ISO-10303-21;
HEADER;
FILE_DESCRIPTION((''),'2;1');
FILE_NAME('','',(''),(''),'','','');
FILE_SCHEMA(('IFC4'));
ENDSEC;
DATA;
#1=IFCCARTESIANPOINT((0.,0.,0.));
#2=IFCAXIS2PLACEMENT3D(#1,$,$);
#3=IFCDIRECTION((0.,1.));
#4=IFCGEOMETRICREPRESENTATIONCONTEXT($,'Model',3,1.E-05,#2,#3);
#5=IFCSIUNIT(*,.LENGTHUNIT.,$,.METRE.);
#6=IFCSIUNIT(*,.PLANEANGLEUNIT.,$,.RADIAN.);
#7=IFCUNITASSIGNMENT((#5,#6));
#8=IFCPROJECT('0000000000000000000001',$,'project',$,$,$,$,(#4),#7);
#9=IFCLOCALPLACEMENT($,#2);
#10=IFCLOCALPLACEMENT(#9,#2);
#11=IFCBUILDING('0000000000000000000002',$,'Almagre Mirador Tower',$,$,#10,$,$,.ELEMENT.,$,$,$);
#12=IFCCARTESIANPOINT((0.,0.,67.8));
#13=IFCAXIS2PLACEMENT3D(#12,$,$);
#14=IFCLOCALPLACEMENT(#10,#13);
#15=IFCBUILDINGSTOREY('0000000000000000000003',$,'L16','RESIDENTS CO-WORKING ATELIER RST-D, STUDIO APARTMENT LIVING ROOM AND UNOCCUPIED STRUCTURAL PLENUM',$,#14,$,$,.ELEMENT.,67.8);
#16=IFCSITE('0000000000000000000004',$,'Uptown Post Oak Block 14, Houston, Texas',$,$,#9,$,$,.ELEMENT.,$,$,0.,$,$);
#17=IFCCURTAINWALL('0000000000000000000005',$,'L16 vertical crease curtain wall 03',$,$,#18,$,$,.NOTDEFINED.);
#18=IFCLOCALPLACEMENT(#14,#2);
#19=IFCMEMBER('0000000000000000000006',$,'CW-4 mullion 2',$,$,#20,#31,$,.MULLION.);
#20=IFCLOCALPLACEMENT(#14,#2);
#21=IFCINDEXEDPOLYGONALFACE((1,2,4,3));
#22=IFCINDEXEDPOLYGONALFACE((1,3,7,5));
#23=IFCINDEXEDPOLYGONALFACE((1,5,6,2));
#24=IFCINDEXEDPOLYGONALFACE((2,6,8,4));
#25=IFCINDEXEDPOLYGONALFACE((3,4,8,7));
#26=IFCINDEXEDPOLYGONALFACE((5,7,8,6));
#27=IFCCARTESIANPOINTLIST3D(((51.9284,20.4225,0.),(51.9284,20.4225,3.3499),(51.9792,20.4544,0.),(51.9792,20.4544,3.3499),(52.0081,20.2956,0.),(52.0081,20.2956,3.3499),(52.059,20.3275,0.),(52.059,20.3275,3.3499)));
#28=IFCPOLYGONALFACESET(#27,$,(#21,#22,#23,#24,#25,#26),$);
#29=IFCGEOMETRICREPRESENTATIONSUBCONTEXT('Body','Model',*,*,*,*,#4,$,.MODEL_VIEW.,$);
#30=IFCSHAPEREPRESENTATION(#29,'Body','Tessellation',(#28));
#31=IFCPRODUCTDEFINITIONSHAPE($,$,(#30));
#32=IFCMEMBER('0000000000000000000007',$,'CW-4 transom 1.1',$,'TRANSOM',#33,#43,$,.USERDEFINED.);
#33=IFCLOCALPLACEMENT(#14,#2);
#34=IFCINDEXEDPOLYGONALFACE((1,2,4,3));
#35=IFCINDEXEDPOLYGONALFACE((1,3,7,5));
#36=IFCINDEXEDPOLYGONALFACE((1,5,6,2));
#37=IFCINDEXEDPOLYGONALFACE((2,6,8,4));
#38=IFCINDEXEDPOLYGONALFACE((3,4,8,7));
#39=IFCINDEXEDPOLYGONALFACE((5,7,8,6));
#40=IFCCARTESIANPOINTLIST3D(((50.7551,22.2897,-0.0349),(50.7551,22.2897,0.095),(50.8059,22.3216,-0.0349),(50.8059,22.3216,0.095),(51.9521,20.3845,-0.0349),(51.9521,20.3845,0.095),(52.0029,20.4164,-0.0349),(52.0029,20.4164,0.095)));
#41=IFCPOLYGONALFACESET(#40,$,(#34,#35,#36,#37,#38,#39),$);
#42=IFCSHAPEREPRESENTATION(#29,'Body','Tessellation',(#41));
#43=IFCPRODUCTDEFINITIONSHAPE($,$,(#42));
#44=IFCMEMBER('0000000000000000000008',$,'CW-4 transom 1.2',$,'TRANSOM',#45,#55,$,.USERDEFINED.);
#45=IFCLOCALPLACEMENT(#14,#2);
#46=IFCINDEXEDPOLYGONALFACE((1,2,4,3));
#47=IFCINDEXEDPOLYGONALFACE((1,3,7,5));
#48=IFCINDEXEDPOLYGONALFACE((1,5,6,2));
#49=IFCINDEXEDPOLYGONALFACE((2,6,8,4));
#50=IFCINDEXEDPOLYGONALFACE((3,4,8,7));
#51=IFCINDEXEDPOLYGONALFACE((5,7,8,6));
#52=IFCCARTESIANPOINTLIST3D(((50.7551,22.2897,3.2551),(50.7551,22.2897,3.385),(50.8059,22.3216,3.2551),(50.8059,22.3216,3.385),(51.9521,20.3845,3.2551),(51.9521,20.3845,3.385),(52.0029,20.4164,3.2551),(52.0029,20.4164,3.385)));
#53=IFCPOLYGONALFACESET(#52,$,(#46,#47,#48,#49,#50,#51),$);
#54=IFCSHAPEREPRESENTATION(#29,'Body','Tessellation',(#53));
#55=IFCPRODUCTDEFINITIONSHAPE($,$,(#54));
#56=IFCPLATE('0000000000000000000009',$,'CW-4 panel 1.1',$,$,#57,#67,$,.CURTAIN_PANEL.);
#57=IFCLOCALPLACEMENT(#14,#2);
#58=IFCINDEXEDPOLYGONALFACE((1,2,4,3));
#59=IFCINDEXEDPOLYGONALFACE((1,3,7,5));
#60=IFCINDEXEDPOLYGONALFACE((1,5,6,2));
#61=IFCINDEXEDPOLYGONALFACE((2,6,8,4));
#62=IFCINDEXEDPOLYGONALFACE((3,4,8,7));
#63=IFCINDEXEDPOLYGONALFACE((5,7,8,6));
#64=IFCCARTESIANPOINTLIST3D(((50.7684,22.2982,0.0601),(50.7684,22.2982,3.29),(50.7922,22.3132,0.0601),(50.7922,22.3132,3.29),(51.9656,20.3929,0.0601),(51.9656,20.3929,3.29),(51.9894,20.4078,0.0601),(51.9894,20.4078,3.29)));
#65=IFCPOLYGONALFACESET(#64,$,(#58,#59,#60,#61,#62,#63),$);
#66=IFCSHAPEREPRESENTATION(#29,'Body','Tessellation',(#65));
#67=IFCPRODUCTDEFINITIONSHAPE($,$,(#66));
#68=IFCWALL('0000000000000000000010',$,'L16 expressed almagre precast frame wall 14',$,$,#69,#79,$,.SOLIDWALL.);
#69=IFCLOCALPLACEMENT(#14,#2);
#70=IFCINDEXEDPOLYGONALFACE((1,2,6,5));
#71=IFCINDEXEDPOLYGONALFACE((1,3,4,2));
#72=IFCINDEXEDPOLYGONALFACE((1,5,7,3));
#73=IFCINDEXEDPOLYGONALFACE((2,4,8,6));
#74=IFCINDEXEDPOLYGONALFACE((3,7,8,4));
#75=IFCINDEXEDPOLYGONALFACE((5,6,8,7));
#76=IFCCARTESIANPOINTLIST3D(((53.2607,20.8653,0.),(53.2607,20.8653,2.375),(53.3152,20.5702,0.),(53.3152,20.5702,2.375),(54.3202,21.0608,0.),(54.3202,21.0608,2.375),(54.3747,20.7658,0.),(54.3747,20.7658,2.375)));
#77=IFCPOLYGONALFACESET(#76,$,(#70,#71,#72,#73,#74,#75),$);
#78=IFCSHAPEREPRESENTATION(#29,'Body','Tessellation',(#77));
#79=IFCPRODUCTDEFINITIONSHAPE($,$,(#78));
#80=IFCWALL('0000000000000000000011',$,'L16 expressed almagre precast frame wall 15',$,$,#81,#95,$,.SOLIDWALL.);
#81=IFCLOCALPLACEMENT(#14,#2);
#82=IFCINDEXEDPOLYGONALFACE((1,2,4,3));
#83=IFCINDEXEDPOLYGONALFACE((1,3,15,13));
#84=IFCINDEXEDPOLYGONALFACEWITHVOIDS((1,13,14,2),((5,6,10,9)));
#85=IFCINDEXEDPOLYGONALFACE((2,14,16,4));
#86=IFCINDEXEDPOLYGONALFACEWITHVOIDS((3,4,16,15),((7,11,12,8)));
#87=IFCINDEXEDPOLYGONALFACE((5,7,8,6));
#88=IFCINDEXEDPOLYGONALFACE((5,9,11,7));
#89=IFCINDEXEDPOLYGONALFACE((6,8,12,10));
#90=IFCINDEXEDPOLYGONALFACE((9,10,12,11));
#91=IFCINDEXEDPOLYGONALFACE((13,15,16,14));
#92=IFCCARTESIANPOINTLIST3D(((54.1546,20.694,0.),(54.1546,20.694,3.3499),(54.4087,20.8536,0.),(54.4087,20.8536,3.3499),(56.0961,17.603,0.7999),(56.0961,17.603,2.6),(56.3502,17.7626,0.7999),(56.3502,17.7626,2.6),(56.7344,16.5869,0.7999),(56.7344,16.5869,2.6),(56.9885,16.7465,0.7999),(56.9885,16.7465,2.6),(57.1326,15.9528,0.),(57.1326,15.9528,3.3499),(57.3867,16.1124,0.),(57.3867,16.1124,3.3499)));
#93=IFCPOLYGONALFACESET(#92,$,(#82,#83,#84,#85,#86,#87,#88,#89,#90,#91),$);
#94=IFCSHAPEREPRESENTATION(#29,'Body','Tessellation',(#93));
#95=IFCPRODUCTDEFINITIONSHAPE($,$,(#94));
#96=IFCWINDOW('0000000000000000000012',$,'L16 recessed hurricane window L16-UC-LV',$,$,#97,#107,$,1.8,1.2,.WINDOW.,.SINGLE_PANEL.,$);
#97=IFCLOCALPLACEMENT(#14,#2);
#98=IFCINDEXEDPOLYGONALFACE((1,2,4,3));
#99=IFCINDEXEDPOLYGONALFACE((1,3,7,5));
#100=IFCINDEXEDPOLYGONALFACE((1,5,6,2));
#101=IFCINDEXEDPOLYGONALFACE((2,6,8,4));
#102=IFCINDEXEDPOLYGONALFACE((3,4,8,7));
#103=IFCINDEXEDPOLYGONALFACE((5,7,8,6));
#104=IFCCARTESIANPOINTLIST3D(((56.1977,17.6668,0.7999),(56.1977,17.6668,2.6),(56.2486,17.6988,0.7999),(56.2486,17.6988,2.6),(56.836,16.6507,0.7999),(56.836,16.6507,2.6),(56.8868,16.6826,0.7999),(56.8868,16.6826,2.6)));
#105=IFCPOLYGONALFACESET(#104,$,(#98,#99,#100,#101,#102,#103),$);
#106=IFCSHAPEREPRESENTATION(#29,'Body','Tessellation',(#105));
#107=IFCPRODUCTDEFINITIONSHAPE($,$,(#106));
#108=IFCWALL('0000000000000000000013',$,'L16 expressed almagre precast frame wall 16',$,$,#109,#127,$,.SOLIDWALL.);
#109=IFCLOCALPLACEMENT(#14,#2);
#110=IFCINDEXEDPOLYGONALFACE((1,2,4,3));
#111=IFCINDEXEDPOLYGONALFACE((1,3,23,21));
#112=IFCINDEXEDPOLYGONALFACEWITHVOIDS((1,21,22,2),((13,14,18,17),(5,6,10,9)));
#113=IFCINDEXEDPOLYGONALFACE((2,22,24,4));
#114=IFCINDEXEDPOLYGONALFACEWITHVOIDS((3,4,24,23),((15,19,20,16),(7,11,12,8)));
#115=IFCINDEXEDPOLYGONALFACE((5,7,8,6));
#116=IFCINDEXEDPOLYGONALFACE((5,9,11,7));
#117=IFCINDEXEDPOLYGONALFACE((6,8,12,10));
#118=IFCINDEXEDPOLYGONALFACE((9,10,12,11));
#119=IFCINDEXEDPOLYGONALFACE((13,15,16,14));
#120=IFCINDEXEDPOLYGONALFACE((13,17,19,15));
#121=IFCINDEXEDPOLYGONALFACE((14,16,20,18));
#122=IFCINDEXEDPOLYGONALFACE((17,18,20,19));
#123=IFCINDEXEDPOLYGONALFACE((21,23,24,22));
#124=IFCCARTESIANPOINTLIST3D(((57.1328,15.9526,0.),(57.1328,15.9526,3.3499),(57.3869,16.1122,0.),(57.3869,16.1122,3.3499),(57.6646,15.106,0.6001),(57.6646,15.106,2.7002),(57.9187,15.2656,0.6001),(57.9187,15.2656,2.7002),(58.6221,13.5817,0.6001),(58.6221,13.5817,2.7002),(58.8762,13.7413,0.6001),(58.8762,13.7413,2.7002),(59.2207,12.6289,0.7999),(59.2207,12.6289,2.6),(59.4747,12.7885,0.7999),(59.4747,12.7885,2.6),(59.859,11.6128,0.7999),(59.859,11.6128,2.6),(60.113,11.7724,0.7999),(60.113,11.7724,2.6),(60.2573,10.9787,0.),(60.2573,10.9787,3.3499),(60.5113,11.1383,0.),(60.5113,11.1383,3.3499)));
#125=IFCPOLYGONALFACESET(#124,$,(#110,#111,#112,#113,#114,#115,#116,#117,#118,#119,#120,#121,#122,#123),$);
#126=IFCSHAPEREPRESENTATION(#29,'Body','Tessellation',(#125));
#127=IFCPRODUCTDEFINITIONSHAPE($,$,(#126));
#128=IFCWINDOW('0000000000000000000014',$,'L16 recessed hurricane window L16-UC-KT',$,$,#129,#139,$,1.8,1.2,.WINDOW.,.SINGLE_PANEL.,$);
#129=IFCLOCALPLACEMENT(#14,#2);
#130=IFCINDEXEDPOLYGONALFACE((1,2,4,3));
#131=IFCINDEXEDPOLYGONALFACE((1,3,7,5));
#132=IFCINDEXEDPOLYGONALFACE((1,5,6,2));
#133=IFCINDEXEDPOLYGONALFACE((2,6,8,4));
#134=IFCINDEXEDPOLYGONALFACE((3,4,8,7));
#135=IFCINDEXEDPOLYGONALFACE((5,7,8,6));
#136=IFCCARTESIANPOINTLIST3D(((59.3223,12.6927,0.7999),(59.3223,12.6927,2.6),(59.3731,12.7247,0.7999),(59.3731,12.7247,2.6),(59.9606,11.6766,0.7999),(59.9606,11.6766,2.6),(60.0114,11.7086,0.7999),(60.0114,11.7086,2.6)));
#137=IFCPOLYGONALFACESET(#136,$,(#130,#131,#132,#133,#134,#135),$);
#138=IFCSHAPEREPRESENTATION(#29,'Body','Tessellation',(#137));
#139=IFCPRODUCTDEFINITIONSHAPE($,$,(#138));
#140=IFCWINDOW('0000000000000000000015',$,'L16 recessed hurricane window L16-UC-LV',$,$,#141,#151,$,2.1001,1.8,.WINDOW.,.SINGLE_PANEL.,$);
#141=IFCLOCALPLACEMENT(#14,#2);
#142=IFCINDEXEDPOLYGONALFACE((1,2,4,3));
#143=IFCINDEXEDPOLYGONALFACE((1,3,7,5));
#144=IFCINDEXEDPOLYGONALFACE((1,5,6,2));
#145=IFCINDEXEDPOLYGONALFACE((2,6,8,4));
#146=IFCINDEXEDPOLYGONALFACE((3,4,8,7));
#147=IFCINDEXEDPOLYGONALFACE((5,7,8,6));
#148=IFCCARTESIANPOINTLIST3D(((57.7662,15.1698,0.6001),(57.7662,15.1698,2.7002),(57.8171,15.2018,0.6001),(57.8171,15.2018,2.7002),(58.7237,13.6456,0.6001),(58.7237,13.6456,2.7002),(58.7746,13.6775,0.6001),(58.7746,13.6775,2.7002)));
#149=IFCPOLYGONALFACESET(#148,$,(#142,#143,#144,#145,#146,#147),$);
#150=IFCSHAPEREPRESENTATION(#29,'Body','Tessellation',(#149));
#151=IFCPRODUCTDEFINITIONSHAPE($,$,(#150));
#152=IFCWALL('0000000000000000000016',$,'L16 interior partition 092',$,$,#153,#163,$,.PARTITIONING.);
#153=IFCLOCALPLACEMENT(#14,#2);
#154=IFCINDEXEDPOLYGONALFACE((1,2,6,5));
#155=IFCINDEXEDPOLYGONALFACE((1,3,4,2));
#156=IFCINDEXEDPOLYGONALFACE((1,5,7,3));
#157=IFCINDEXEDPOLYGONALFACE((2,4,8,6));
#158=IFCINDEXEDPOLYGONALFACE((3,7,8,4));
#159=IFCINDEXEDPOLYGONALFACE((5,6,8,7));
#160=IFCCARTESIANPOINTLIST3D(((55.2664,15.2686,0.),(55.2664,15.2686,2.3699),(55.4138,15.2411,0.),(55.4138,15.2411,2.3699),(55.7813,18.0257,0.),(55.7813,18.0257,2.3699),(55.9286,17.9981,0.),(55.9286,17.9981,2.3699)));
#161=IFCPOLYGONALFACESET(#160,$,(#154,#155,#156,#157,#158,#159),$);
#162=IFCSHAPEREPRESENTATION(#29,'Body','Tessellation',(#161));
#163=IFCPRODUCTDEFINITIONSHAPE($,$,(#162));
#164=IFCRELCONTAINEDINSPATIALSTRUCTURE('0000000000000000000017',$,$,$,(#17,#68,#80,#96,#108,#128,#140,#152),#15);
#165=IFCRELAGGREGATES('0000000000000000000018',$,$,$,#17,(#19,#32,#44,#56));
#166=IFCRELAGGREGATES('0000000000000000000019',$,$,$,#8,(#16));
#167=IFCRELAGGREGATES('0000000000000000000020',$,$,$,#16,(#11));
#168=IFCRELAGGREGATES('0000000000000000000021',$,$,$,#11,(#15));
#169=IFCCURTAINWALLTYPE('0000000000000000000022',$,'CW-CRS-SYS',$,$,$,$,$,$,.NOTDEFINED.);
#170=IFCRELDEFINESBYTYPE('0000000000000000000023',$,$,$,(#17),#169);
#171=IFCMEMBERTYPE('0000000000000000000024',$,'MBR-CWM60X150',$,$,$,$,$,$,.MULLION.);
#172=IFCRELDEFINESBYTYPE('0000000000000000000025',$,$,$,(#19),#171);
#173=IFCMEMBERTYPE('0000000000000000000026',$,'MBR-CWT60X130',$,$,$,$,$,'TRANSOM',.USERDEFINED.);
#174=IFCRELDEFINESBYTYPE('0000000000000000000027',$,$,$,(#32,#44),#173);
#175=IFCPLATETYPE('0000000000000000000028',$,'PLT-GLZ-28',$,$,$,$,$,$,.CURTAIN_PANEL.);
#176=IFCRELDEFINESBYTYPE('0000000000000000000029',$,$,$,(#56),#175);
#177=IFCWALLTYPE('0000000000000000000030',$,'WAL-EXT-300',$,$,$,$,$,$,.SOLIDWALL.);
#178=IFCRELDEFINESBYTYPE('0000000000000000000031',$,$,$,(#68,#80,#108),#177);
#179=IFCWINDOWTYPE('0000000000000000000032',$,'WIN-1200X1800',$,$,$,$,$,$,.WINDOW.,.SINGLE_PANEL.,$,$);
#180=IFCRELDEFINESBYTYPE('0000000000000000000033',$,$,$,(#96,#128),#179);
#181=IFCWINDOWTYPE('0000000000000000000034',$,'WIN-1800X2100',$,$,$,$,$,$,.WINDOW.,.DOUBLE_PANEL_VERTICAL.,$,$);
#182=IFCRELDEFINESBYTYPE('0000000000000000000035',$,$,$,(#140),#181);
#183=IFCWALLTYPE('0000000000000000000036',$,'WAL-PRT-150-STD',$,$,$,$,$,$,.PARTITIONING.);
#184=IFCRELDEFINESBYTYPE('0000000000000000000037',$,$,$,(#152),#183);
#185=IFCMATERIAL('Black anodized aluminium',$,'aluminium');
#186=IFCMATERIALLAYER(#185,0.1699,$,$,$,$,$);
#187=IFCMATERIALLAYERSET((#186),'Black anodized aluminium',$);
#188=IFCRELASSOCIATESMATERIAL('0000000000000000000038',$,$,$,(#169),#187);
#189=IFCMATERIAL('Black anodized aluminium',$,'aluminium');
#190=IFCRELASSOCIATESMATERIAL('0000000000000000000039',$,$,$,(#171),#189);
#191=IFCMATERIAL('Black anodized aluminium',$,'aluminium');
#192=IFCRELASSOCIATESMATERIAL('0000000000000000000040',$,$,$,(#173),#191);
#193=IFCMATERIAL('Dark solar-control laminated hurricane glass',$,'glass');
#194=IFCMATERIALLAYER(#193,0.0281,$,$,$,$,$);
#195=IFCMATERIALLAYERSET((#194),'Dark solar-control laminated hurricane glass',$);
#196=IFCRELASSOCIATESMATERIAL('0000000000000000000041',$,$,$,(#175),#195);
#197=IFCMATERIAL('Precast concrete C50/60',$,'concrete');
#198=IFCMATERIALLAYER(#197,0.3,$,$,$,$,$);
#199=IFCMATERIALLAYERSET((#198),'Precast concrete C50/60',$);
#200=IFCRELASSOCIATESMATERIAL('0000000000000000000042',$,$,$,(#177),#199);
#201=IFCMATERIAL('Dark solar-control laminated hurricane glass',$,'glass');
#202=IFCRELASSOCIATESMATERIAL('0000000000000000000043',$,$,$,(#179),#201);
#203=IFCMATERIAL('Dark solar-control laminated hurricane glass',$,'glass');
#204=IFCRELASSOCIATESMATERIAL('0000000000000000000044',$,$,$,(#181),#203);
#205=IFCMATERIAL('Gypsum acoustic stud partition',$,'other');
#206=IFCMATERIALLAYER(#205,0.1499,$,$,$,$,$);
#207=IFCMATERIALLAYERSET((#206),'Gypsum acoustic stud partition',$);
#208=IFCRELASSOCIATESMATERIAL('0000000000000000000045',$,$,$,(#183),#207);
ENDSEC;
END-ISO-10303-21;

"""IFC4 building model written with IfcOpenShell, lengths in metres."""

from ifc_helpers import new_model, si_unit, direction, frame, frame_2d, origin, origin_2d, place, context, subcontext, project, spatial, rectangle, extrude, material, layer, layer_set, material_profile, profile_set, type_object, element, fill, aggregate, save


model = new_model("IFC4")

# Units and contexts
model_context = context("Model", 3, precision=1e-05, world=origin(), true_north=direction((0.0, 1.0)))
body_context = subcontext(model_context, "Body", "Model", "MODEL_VIEW")
ifc_project = project(units=[si_unit("LENGTHUNIT", "METRE"), si_unit("PLANEANGLEUNIT", "RADIAN")], contexts=[model_context])

# Site, building, storey
site_placement = place(None, origin())
site = spatial("IfcSite", under=ifc_project, at=site_placement, Name="Uptown Post Oak Block 14, Houston, Texas", CompositionType="ELEMENT", RefElevation=0.0)
building_placement = place(site_placement, origin())
building = spatial("IfcBuilding", under=site, at=building_placement, Name="Almagre Mirador Tower", CompositionType="ELEMENT")
storey_placement = place(building_placement, frame((0.0, 0.0, 67.8)))
storey = spatial("IfcBuildingStorey", under=building, at=storey_placement, Name="L16", Description="RESIDENTS CO-WORKING ATELIER RST-D, STUDIO APARTMENT LIVING ROOM AND UNOCCUPIED STRUCTURAL PLENUM", CompositionType="ELEMENT", Elevation=67.8)

# Curtain wall, members, plate
ifc_material_1 = material(Name="Black anodized aluminium", Category="aluminium")
ifc_layer_1 = layer(ifc_material_1, 0.1699)
ifc_layer_set_1 = layer_set([ifc_layer_1], Name="Black anodized aluminium")
curtain_wall_type = type_object("IfcCurtainWallType", Name="CW-CRS-SYS", PredefinedType="NOTDEFINED", material=ifc_layer_set_1)
curtain_wall_placement = place(storey_placement, origin())
curtain_wall = element("IfcCurtainWall", 1, at=curtain_wall_placement, inside=storey, type_object=curtain_wall_type, Name="L16 vertical crease curtain wall 03", PredefinedType="NOTDEFINED")
ifc_material_2 = material(Name="Black anodized aluminium", Category="aluminium")
ifc_material_profile_1 = material_profile(ifc_material_2, rectangle(XDim=0.0601, YDim=0.1499, at=origin_2d()), Name="CWM60X150")
ifc_profile_set_1 = profile_set([ifc_material_profile_1], Name="Black anodized aluminium")
member_type_1 = type_object("IfcMemberType", Name="MBR-CWM60X150", PredefinedType="MULLION", material=ifc_profile_set_1)
member_1_placement = place(storey_placement, frame((51.9937, 20.375, 0.0), z_axis=(0.0, 0.0, 1.0), x_axis=(0.84674, 0.532007, 0.0)))
member_1 = element("IfcMember", 2, at=member_1_placement, type_object=member_type_1, Name="CW-4 mullion 2", PredefinedType="MULLION", context=body_context, shape_type="SweptSolid", body=[
    extrude(rectangle(XDim=0.0601, YDim=0.1499, at=origin_2d()), origin(), (0.0, 0.0, 1.0), 3.3499),
])
ifc_material_3 = material(Name="Black anodized aluminium", Category="aluminium")
ifc_material_profile_2 = material_profile(ifc_material_3, rectangle(XDim=0.0601, YDim=0.1299, at=origin_2d()), Name="CWT60X130")
ifc_profile_set_2 = profile_set([ifc_material_profile_2], Name="Black anodized aluminium")
member_type_2 = type_object("IfcMemberType", Name="MBR-CWT60X130", ElementType="TRANSOM", PredefinedType="USERDEFINED", material=ifc_profile_set_2)
member_2_placement = place(storey_placement, frame((50.7805, 22.3057, 0.03), z_axis=(0.531987, -0.846752, 0.0), x_axis=(0.846752, 0.531987, 0.0)))
member_2 = element("IfcMember", 3, at=member_2_placement, type_object=member_type_2, Name="CW-4 transom 1.1", ObjectType="TRANSOM", PredefinedType="USERDEFINED", context=body_context, shape_type="SweptSolid", body=[
    extrude(rectangle(XDim=0.0601, YDim=0.1299, at=origin_2d()), origin(), (0.0, 0.0, 1.0), 2.25),
])
member_3_placement = place(storey_placement, frame((50.7805, 22.3057, 3.3201), z_axis=(0.531987, -0.846752, 0.0), x_axis=(0.846752, 0.531987, 0.0)))
member_3 = element("IfcMember", 4, at=member_3_placement, type_object=member_type_2, Name="CW-4 transom 1.2", ObjectType="TRANSOM", PredefinedType="USERDEFINED", context=body_context, shape_type="SweptSolid", body=[
    extrude(rectangle(XDim=0.0601, YDim=0.1299, at=origin_2d()), origin(), (0.0, 0.0, 1.0), 2.25),
])
ifc_material_4 = material(Name="Dark solar-control laminated hurricane glass", Category="glass")
ifc_layer_2 = layer(ifc_material_4, 0.0281)
ifc_layer_set_2 = layer_set([ifc_layer_2], Name="Dark solar-control laminated hurricane glass")
plate_type = type_object("IfcPlateType", Name="PLT-GLZ-28", PredefinedType="CURTAIN_PANEL", material=ifc_layer_set_2)
plate_placement = place(storey_placement, frame((51.3789, 21.353, 0.0601), z_axis=(0.0, 0.0, 1.0), x_axis=(0.532007, -0.84674, 0.0)))
plate = element("IfcPlate", 5, at=plate_placement, type_object=plate_type, Name="CW-4 panel 1.1", PredefinedType="CURTAIN_PANEL", context=body_context, shape_type="SweptSolid", body=[
    extrude(rectangle(XDim=2.2502, YDim=0.0281, at=origin_2d()), origin(), (0.0, 0.0, 1.0), 3.23),
])
aggregate(curtain_wall, [member_1, member_2, member_3, plate])

# Wall
ifc_material_5 = material(Name="Precast concrete C50/60", Category="concrete")
ifc_layer_3 = layer(ifc_material_5, 0.3)
ifc_layer_set_3 = layer_set([ifc_layer_3], Name="Precast concrete C50/60")
wall_type_1 = type_object("IfcWallType", Name="WAL-EXT-300", PredefinedType="SOLIDWALL", material=ifc_layer_set_3)
wall_1_placement = place(storey_placement, frame((53.2881, 20.7178, 0.0), z_axis=(0.0, 0.0, 1.0), x_axis=(0.983392, 0.181497, 0.0)))
element("IfcWall", 6, at=wall_1_placement, inside=storey, type_object=wall_type_1, Name="L16 expressed almagre precast frame wall 14", PredefinedType="SOLIDWALL", context=body_context, shape_type="SweptSolid", body=[
    extrude(rectangle(XDim=1.0774, YDim=0.3, at=frame_2d((0.5386, 0.0))), origin(), (0.0, 0.0, 1.0), 2.375),
])

# Wall, opening, window
wall_2_placement = place(storey_placement, frame((54.2817, 20.7737, 0.0), z_axis=(0.0, 0.0, 1.0), x_axis=(0.531895, -0.846811, 0.0)))
wall_2 = element("IfcWall", 7, at=wall_2_placement, inside=storey, type_object=wall_type_1, Name="L16 expressed almagre precast frame wall 15", PredefinedType="SOLIDWALL", context=body_context, shape_type="SweptSolid", body=[
    extrude(rectangle(XDim=5.5989, YDim=0.3, at=frame_2d((2.7993, 0.0))), origin(), (0.0, 0.0, 1.0), 3.3499),
])
opening_1_placement = place(wall_2_placement, frame((3.6499, 0.0, 0.8)))
opening_1 = element("IfcOpeningElement", 8, at=opening_1_placement, cuts=wall_2, PredefinedType="OPENING", context=body_context, shape_type="SweptSolid", body=[
    extrude(rectangle(XDim=1.2, YDim=1.8, at=frame_2d((0.6001, 0.8999))), frame((0.0, 0.1599, 0.0), z_axis=(0.0, -1.0, 0.0), x_axis=(1.0, 0.0, 0.0)), (0.0, 0.0, 1.0), 0.32),
])
ifc_material_6 = material(Name="Dark solar-control laminated hurricane glass", Category="glass")
window_type_1 = type_object("IfcWindowType", Name="WIN-1200X1800", PartitioningType="SINGLE_PANEL", PredefinedType="WINDOW", material=ifc_material_6)
window_1_placement = place(opening_1_placement, origin())
window_1 = element("IfcWindow", 9, at=window_1_placement, inside=storey, type_object=window_type_1, Name="L16 recessed hurricane window L16-UC-LV", OverallHeight=1.8, OverallWidth=1.2, PartitioningType="SINGLE_PANEL", PredefinedType="WINDOW", context=body_context, shape_type="SweptSolid", body=[
    extrude(rectangle(XDim=1.2, YDim=1.8, at=frame_2d((0.6001, 0.8999))), frame((0.0, 0.03, 0.0), z_axis=(0.0, -1.0, 0.0), x_axis=(1.0, 0.0, 0.0)), (0.0, 0.0, 1.0), 0.0601),
])
fill(opening_1, window_1)

# Wall, openings, windows
wall_3_placement = place(storey_placement, frame((57.2598, 16.0325, 0.0), z_axis=(0.0, 0.0, 1.0), x_axis=(0.531937, -0.846784, 0.0)))
wall_3 = element("IfcWall", 10, at=wall_3_placement, inside=storey, type_object=wall_type_1, Name="L16 expressed almagre precast frame wall 16", PredefinedType="SOLIDWALL", context=body_context, shape_type="SweptSolid", body=[
    extrude(rectangle(XDim=5.8738, YDim=0.3, at=frame_2d((2.937, 0.0))), origin(), (0.0, 0.0, 1.0), 3.3499),
])
opening_2_placement = place(wall_3_placement, frame((1.0, 0.0, 0.6001)))
opening_2 = element("IfcOpeningElement", 11, at=opening_2_placement, cuts=wall_3, PredefinedType="OPENING", context=body_context, shape_type="SweptSolid", body=[
    extrude(rectangle(XDim=1.8, YDim=2.1001, at=frame_2d((0.8999, 1.05))), frame((0.0, 0.1599, 0.0), z_axis=(0.0, -1.0, 0.0), x_axis=(1.0, 0.0, 0.0)), (0.0, 0.0, 1.0), 0.32),
])
opening_3_placement = place(wall_3_placement, frame((3.925, 0.0, 0.8)))
opening_3 = element("IfcOpeningElement", 12, at=opening_3_placement, cuts=wall_3, PredefinedType="OPENING", context=body_context, shape_type="SweptSolid", body=[
    extrude(rectangle(XDim=1.2, YDim=1.8, at=frame_2d((0.6001, 0.8999))), frame((0.0, 0.1599, 0.0), z_axis=(0.0, -1.0, 0.0), x_axis=(1.0, 0.0, 0.0)), (0.0, 0.0, 1.0), 0.32),
])
window_2_placement = place(opening_3_placement, origin())
window_2 = element("IfcWindow", 13, at=window_2_placement, inside=storey, type_object=window_type_1, Name="L16 recessed hurricane window L16-UC-KT", OverallHeight=1.8, OverallWidth=1.2, PartitioningType="SINGLE_PANEL", PredefinedType="WINDOW", context=body_context, shape_type="SweptSolid", body=[
    extrude(rectangle(XDim=1.2, YDim=1.8, at=frame_2d((0.6001, 0.8999))), frame((0.0, 0.03, 0.0), z_axis=(0.0, -1.0, 0.0), x_axis=(1.0, 0.0, 0.0)), (0.0, 0.0, 1.0), 0.0601),
])
fill(opening_3, window_2)
ifc_material_7 = material(Name="Dark solar-control laminated hurricane glass", Category="glass")
window_type_2 = type_object("IfcWindowType", Name="WIN-1800X2100", PartitioningType="DOUBLE_PANEL_VERTICAL", PredefinedType="WINDOW", material=ifc_material_7)
window_3_placement = place(opening_2_placement, origin())
window_3 = element("IfcWindow", 14, at=window_3_placement, inside=storey, type_object=window_type_2, Name="L16 recessed hurricane window L16-UC-LV", OverallHeight=2.1001, OverallWidth=1.8, PartitioningType="SINGLE_PANEL", PredefinedType="WINDOW", context=body_context, shape_type="SweptSolid", body=[
    extrude(rectangle(XDim=1.8, YDim=2.1001, at=frame_2d((0.8999, 1.05))), frame((0.0, 0.03, 0.0), z_axis=(0.0, -1.0, 0.0), x_axis=(1.0, 0.0, 0.0)), (0.0, 0.0, 1.0), 0.0601),
])
fill(opening_2, window_3)

# Wall
ifc_material_8 = material(Name="Gypsum acoustic stud partition", Category="other")
ifc_layer_4 = layer(ifc_material_8, 0.1499)
ifc_layer_set_4 = layer_set([ifc_layer_4], Name="Gypsum acoustic stud partition")
wall_type_2 = type_object("IfcWallType", Name="WAL-PRT-150-STD", PredefinedType="PARTITIONING", material=ifc_layer_set_4)
wall_4_placement = place(storey_placement, frame((55.3401, 15.2549, 0.0), z_axis=(0.0, 0.0, 1.0), x_axis=(0.183579, 0.983005, 0.0)))
element("IfcWall", 15, at=wall_4_placement, inside=storey, type_object=wall_type_2, Name="L16 interior partition 092", PredefinedType="PARTITIONING", context=body_context, shape_type="SweptSolid", body=[
    extrude(rectangle(XDim=2.8047, YDim=0.1499, at=frame_2d((1.4023, 0.0))), origin(), (0.0, 0.0, 1.0), 2.3699),
])

save(model, "model.ifc")
